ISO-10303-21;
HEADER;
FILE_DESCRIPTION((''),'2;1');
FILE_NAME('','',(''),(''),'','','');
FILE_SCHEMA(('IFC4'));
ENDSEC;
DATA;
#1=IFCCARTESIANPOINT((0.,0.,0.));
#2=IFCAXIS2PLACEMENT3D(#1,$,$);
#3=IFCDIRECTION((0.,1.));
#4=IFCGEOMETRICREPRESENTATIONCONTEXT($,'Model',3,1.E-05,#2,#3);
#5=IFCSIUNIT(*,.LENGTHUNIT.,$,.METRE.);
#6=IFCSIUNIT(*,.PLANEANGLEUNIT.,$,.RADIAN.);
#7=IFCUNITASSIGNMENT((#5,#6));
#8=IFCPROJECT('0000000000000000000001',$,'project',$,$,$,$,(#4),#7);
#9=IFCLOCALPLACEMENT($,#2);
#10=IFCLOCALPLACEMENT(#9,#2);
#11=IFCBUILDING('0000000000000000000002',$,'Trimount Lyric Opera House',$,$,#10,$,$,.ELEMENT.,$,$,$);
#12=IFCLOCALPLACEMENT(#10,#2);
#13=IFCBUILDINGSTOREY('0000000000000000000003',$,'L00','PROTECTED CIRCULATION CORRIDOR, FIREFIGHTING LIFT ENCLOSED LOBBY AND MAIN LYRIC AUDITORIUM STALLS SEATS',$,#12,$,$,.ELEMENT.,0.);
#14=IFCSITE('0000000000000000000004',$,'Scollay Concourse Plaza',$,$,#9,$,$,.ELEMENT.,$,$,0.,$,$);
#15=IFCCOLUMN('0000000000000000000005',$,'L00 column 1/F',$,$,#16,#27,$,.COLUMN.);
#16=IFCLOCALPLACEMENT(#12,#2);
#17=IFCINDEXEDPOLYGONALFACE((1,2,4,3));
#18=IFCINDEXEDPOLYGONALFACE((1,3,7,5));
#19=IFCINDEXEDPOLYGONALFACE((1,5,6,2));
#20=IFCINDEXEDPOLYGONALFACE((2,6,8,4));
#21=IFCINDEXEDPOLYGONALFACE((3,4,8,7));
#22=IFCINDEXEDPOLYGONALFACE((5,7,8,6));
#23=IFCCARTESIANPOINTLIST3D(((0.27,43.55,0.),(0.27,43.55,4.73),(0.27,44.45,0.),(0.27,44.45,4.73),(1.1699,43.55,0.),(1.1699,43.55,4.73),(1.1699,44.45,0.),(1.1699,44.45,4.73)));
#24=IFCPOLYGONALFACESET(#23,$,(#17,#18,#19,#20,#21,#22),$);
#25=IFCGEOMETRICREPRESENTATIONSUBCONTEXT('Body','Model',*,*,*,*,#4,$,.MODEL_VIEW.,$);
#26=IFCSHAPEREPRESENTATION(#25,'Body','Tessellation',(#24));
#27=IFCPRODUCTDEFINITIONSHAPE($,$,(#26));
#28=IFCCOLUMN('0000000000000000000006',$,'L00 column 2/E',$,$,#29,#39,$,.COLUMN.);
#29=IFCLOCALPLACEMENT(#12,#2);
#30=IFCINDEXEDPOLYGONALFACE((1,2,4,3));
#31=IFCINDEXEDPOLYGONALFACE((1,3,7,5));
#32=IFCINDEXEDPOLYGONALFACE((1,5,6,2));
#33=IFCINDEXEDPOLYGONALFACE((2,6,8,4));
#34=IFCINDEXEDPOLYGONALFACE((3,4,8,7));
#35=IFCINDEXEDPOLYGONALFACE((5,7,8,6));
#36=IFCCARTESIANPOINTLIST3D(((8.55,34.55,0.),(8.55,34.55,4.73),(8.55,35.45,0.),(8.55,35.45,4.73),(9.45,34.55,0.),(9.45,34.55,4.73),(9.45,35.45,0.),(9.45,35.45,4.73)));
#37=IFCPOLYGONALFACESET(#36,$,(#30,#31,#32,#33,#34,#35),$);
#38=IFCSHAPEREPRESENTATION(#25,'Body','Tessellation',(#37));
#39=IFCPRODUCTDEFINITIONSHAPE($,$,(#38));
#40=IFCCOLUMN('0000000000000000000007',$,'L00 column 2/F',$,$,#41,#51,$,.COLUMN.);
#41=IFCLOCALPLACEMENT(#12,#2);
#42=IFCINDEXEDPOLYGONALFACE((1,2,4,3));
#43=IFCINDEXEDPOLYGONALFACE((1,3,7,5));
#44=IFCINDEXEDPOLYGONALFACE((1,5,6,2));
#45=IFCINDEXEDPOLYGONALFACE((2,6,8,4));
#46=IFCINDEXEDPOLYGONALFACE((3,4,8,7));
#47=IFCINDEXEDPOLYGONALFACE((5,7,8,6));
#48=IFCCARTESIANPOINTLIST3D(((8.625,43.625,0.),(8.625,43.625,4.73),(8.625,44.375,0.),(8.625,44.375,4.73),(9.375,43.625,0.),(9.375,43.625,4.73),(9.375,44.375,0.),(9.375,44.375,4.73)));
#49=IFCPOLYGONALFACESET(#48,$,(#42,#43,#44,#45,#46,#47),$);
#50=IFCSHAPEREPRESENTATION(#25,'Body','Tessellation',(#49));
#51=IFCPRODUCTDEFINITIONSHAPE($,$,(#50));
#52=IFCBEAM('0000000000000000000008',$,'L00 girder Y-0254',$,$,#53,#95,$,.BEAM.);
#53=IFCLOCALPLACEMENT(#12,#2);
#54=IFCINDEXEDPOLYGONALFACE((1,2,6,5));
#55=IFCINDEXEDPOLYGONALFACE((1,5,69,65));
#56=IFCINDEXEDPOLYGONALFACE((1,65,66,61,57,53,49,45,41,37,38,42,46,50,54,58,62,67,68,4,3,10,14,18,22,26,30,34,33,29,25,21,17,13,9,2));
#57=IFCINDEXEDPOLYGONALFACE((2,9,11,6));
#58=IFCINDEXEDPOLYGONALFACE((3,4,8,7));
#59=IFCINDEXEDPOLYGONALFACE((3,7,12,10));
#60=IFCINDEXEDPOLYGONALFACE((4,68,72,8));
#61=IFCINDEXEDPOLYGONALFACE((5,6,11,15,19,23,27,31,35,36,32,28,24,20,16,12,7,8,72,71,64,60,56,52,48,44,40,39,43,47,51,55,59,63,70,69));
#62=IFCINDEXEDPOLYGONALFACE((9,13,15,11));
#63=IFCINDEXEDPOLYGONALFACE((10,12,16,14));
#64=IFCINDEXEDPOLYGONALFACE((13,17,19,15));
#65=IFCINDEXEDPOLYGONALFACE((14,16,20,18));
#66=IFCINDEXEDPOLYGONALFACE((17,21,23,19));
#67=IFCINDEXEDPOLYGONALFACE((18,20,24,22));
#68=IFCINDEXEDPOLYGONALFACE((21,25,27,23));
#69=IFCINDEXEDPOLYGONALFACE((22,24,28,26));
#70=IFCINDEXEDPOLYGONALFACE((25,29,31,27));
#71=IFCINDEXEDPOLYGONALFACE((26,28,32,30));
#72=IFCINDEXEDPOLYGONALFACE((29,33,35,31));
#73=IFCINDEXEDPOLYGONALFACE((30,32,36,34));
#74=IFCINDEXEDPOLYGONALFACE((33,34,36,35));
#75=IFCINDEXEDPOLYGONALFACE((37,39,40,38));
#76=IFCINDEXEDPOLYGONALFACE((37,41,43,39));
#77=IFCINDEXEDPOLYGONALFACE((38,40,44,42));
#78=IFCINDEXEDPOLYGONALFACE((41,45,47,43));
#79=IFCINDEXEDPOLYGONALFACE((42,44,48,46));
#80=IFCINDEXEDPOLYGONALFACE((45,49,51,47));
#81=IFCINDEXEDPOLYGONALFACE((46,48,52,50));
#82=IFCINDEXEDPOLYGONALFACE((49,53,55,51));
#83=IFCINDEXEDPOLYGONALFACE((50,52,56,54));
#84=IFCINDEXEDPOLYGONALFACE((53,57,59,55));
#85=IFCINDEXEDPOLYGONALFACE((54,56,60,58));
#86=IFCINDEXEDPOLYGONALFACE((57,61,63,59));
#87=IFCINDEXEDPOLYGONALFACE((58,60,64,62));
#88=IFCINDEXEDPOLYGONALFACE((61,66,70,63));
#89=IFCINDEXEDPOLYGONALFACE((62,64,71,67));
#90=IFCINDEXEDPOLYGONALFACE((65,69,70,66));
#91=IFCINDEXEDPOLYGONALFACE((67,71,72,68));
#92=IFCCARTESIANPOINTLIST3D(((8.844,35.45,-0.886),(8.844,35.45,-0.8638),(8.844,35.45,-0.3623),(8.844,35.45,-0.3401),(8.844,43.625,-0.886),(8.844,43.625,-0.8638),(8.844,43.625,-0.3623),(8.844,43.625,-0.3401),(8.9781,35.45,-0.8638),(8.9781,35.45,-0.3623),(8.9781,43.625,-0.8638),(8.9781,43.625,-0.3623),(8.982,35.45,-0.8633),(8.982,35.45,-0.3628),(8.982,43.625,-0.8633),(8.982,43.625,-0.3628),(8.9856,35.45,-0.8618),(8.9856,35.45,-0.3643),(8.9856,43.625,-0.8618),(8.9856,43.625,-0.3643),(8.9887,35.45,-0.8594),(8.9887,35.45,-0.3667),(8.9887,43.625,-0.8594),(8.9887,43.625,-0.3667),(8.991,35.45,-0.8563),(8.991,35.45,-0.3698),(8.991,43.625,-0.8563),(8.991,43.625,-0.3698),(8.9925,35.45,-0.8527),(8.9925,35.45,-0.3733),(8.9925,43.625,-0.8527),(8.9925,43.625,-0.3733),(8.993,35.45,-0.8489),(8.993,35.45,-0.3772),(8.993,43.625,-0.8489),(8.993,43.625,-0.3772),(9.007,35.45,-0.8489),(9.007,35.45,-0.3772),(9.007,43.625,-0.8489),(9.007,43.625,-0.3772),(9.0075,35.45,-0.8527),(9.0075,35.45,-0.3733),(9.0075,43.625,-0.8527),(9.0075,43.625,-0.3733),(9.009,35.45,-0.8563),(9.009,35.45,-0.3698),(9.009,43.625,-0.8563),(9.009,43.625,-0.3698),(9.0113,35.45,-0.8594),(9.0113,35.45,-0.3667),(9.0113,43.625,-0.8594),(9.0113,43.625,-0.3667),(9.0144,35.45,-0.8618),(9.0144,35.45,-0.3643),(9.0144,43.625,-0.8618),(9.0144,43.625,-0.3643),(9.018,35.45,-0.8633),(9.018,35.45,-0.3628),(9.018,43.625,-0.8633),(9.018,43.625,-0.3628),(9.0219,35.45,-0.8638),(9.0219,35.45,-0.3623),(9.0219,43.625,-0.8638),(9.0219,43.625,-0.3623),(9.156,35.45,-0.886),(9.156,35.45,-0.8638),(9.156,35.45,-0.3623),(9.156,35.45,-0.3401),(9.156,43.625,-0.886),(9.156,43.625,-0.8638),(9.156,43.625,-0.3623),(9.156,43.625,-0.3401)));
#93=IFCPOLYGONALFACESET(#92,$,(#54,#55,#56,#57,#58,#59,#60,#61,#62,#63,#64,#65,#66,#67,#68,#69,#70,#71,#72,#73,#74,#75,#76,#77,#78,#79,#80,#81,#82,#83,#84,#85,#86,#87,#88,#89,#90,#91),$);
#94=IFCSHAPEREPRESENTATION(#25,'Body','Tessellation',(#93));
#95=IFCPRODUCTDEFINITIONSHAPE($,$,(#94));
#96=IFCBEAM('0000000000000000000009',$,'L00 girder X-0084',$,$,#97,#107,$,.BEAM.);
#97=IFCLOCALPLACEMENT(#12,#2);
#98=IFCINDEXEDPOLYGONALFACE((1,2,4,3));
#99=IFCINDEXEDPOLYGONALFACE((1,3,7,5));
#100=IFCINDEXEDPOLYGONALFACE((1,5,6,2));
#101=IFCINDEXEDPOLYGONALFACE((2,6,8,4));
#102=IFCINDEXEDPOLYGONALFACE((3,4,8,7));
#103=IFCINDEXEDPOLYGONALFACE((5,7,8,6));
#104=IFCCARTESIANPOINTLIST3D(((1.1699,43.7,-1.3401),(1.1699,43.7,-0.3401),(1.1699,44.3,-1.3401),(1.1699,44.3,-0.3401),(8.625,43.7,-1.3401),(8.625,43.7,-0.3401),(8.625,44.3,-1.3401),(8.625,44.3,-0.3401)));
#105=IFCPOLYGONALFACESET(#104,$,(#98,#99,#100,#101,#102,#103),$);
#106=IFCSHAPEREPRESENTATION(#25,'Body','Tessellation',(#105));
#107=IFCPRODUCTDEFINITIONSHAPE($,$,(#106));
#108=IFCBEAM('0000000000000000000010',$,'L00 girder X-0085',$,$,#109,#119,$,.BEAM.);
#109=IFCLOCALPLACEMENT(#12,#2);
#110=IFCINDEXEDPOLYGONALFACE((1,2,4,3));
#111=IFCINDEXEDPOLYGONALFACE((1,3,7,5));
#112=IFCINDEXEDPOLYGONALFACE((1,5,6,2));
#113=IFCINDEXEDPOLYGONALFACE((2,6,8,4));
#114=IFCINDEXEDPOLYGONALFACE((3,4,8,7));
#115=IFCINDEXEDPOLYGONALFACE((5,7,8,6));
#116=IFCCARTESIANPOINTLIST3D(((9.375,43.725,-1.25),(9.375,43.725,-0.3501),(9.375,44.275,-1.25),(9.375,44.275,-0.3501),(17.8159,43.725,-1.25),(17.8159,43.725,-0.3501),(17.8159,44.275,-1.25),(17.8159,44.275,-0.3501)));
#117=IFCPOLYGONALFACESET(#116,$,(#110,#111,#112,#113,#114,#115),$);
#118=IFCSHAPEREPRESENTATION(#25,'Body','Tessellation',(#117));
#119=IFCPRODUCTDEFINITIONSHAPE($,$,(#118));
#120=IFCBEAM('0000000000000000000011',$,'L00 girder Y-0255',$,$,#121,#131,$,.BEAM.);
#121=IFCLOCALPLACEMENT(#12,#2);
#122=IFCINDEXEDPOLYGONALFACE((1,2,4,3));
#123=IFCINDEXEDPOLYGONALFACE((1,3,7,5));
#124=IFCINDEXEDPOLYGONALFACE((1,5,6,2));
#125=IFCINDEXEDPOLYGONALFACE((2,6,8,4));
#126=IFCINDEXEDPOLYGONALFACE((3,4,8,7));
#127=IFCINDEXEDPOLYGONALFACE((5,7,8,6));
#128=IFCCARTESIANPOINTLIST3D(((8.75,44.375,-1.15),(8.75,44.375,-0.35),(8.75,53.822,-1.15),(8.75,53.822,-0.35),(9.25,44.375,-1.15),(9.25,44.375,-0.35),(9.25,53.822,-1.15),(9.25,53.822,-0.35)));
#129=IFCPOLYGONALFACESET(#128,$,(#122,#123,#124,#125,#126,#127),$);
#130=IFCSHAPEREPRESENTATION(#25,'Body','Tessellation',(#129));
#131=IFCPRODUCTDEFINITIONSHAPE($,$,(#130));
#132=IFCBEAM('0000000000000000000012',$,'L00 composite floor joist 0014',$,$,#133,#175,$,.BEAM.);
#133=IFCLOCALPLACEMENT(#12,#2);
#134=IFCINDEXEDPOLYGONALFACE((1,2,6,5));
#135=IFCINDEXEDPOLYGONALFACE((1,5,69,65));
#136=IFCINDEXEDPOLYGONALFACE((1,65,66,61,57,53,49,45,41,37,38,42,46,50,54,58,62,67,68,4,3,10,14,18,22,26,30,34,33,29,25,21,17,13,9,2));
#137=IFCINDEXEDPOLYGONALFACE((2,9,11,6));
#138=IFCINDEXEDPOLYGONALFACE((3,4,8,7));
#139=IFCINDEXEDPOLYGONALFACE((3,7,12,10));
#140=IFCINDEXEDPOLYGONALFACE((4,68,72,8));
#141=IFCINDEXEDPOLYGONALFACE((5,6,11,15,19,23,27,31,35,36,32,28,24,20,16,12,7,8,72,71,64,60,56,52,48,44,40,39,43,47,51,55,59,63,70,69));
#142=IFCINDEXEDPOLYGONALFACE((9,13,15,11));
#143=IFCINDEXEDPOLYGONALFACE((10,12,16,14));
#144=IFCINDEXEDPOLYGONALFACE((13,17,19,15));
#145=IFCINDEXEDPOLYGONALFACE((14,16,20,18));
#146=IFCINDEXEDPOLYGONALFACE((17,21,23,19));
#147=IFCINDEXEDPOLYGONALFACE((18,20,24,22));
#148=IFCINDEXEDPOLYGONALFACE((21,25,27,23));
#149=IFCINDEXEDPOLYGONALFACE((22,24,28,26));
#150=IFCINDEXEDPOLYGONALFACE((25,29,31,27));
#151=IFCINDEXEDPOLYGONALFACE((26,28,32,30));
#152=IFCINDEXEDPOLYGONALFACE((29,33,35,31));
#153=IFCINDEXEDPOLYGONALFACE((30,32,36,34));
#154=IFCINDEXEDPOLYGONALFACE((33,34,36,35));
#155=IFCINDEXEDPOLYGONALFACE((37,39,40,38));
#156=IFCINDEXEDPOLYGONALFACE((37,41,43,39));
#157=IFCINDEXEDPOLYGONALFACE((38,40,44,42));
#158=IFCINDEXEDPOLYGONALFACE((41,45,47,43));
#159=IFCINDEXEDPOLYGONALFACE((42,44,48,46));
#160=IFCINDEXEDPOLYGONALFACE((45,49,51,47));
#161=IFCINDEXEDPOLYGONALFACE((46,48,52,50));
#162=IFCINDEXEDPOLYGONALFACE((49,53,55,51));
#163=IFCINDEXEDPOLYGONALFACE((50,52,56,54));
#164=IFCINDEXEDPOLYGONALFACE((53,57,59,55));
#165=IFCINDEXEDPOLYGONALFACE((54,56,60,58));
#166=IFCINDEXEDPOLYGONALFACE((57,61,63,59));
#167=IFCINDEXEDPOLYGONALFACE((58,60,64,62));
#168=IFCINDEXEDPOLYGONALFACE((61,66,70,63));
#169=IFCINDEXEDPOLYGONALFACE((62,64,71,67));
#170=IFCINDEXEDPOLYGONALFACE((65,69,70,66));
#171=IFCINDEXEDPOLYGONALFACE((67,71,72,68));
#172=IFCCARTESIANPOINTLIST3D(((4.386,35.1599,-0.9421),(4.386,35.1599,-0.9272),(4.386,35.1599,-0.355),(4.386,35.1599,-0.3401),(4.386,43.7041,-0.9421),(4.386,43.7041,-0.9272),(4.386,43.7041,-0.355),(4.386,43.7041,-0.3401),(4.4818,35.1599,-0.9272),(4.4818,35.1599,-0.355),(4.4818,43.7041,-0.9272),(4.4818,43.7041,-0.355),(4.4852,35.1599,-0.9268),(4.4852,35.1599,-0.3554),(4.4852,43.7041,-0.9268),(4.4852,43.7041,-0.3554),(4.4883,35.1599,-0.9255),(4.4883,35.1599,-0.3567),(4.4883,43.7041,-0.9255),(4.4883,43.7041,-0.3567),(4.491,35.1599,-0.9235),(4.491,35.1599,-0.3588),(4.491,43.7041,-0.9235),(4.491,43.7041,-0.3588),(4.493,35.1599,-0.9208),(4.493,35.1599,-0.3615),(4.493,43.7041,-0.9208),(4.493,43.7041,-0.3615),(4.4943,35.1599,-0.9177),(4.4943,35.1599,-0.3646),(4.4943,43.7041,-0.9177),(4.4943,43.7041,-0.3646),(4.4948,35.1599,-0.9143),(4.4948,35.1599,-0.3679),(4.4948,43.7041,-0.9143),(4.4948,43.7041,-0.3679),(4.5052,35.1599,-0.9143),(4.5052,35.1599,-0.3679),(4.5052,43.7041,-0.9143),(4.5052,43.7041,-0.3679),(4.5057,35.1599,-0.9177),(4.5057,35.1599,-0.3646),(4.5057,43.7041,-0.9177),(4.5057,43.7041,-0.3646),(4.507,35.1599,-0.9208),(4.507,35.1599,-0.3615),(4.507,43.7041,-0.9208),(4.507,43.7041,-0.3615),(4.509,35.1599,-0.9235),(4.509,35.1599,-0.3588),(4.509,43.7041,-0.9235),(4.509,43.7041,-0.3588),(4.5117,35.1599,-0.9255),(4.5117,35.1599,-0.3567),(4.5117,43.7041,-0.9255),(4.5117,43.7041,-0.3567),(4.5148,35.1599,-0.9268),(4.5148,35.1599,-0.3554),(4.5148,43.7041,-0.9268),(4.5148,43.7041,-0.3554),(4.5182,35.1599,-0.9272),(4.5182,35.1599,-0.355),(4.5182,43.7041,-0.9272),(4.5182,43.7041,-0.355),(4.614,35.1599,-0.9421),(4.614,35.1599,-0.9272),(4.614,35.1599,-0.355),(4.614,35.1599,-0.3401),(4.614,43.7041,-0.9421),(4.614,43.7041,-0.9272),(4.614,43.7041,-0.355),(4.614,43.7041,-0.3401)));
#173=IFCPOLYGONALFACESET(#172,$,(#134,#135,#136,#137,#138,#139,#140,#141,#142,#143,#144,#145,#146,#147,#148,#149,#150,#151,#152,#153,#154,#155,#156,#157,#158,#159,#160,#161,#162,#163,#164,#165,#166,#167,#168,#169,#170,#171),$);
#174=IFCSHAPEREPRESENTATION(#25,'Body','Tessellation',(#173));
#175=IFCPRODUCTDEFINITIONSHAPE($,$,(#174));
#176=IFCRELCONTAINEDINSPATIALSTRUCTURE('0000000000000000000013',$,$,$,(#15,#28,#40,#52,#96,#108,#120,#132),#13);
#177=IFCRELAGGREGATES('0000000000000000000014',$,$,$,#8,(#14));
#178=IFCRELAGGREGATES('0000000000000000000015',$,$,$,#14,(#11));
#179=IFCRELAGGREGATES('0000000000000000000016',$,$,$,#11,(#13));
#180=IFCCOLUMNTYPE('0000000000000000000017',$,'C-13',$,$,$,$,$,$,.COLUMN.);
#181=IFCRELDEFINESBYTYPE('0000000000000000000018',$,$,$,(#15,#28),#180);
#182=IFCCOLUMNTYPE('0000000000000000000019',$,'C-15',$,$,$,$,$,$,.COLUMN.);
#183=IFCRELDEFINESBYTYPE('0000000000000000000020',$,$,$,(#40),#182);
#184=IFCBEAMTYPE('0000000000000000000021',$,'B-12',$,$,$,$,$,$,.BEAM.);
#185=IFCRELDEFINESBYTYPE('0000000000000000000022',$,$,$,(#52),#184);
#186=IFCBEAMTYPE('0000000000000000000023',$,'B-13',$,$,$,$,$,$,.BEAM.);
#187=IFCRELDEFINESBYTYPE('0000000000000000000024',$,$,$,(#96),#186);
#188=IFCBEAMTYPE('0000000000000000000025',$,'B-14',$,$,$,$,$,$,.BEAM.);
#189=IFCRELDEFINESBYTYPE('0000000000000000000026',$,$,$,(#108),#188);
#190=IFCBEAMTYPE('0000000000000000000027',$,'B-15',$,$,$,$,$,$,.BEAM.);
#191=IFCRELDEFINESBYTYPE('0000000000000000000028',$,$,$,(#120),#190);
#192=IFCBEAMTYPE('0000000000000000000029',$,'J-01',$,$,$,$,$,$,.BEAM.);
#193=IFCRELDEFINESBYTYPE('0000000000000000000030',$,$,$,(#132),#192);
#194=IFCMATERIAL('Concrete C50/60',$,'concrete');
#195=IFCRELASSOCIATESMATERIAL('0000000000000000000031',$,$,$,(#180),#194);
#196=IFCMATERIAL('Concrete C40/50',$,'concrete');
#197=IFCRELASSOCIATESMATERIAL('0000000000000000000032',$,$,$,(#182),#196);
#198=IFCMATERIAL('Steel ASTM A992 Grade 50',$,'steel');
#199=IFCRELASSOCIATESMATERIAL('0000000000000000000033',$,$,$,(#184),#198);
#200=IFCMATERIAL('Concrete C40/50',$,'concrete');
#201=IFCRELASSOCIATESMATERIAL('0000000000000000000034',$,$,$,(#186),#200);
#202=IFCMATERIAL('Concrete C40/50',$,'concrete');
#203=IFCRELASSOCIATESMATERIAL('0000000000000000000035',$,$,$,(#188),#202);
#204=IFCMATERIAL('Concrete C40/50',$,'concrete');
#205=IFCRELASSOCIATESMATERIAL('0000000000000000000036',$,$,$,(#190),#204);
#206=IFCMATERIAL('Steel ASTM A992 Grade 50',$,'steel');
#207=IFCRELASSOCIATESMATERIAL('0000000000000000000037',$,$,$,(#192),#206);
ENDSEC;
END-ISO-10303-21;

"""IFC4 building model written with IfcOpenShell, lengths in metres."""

from ifc_helpers import new_model, si_unit, direction, frame, origin, origin_2d, place, context, subcontext, project, spatial, rectangle, i_section, extrude, material, material_profile, profile_set, type_object, element, save


model = new_model("IFC4")

# Units and contexts
model_context = context("Model", 3, precision=1e-05, world=origin(), true_north=direction((0.0, 1.0)))
body_context = subcontext(model_context, "Body", "Model", "MODEL_VIEW")
ifc_project = project(units=[si_unit("LENGTHUNIT", "METRE"), si_unit("PLANEANGLEUNIT", "RADIAN")], contexts=[model_context])

# Site, building, storey
site_placement = place(None, origin())
site = spatial("IfcSite", under=ifc_project, at=site_placement, Name="Scollay Concourse Plaza", CompositionType="ELEMENT", RefElevation=0.0)
building_placement = place(site_placement, origin())
building = spatial("IfcBuilding", under=site, at=building_placement, Name="Trimount Lyric Opera House", CompositionType="ELEMENT")
storey_placement = place(building_placement, origin())
storey = spatial("IfcBuildingStorey", under=building, at=storey_placement, Name="L00", Description="PROTECTED CIRCULATION CORRIDOR, FIREFIGHTING LIFT ENCLOSED LOBBY AND MAIN LYRIC AUDITORIUM STALLS SEATS", CompositionType="ELEMENT", Elevation=0.0)

# Columns
ifc_material_1 = material(Name="Concrete C50/60", Category="concrete")
ifc_material_profile_1 = material_profile(ifc_material_1, rectangle(XDim=0.8999, YDim=0.8999, at=origin_2d()), Name="RC900X900")
ifc_profile_set_1 = profile_set([ifc_material_profile_1], Name="Concrete C50/60")
column_type_1 = type_object("IfcColumnType", Name="C-13", PredefinedType="COLUMN", material=ifc_profile_set_1)
for number, where, z_axis, x_axis, name in (
    (1, (0.72, 44.0, 0.0), (0.0, 0.0, 1.0), (1.0, 0.0, 0.0), "L00 column 1/F"),
    (2, (9.0, 35.0, 0.0), (0.0, 0.0, 1.0), (1.0, 0.0, 0.0), "L00 column 2/E"),
):
    element("IfcColumn", number, at=place(storey_placement, frame(where, z_axis=z_axis, x_axis=x_axis)), inside=storey, type_object=column_type_1, Name=name, PredefinedType="COLUMN", context=body_context, shape_type="SweptSolid", body=[
        extrude(rectangle(XDim=0.8999, YDim=0.8999, at=origin_2d()), origin(), (0.0, 0.0, 1.0), 4.73),
    ])
ifc_material_2 = material(Name="Concrete C40/50", Category="concrete")
ifc_material_profile_2 = material_profile(ifc_material_2, rectangle(XDim=0.75, YDim=0.75, at=origin_2d()), Name="RC750X750")
ifc_profile_set_2 = profile_set([ifc_material_profile_2], Name="Concrete C40/50")
column_type_2 = type_object("IfcColumnType", Name="C-15", PredefinedType="COLUMN", material=ifc_profile_set_2)
column_placement = place(storey_placement, frame((9.0, 44.0, 0.0), z_axis=(0.0, 0.0, 1.0), x_axis=(1.0, 0.0, 0.0)))
element("IfcColumn", 3, at=column_placement, inside=storey, type_object=column_type_2, Name="L00 column 2/F", PredefinedType="COLUMN", context=body_context, shape_type="SweptSolid", body=[
    extrude(rectangle(XDim=0.75, YDim=0.75, at=origin_2d()), origin(), (0.0, 0.0, 1.0), 4.73),
])

# Beams
ifc_material_3 = material(Name="Steel ASTM A992 Grade 50", Category="steel")
ifc_material_profile_3 = material_profile(ifc_material_3, i_section(OverallWidth=0.312, OverallDepth=0.5459, WebThickness=0.0139, FlangeThickness=0.0222, FilletRadius=0.0149, at=origin_2d()), Name="W21X111")
ifc_profile_set_3 = profile_set([ifc_material_profile_3], Name="Steel ASTM A992 Grade 50")
beam_type_1 = type_object("IfcBeamType", Name="B-12", PredefinedType="BEAM", material=ifc_profile_set_3)
beam_1_placement = place(storey_placement, frame((9.0, 35.45, -0.613), z_axis=(0.0, 1.0, 0.0), x_axis=(-1.0, 0.0, 0.0)))
element("IfcBeam", 4, at=beam_1_placement, inside=storey, type_object=beam_type_1, Name="L00 girder Y-0254", PredefinedType="BEAM", context=body_context, shape_type="SweptSolid", body=[
    extrude(i_section(OverallWidth=0.312, OverallDepth=0.5459, WebThickness=0.0139, FlangeThickness=0.0222, FilletRadius=0.0149, at=origin_2d()), origin(), (0.0, 0.0, 1.0), 8.175),
])
ifc_material_4 = material(Name="Concrete C40/50", Category="concrete")
ifc_material_profile_4 = material_profile(ifc_material_4, rectangle(XDim=0.6001, YDim=1.0, at=origin_2d()), Name="RC600X1000")
ifc_profile_set_4 = profile_set([ifc_material_profile_4], Name="Concrete C40/50")
beam_type_2 = type_object("IfcBeamType", Name="B-13", PredefinedType="BEAM", material=ifc_profile_set_4)
beam_2_placement = place(storey_placement, frame((1.1699, 44.0, -0.8401), z_axis=(1.0, 0.0, 0.0), x_axis=(0.0, 1.0, 0.0)))
element("IfcBeam", 5, at=beam_2_placement, inside=storey, type_object=beam_type_2, Name="L00 girder X-0084", PredefinedType="BEAM", context=body_context, shape_type="SweptSolid", body=[
    extrude(rectangle(XDim=0.6001, YDim=1.0, at=origin_2d()), origin(), (0.0, 0.0, 1.0), 7.4551),
])
ifc_material_5 = material(Name="Concrete C40/50", Category="concrete")
ifc_material_profile_5 = material_profile(ifc_material_5, rectangle(XDim=0.55, YDim=0.8999, at=origin_2d()), Name="RC550X900")
ifc_profile_set_5 = profile_set([ifc_material_profile_5], Name="Concrete C40/50")
beam_type_3 = type_object("IfcBeamType", Name="B-14", PredefinedType="BEAM", material=ifc_profile_set_5)
beam_3_placement = place(storey_placement, frame((9.375, 44.0, -0.8), z_axis=(1.0, 0.0, 0.0), x_axis=(0.0, 1.0, 0.0)))
element("IfcBeam", 6, at=beam_3_placement, inside=storey, type_object=beam_type_3, Name="L00 girder X-0085", PredefinedType="BEAM", context=body_context, shape_type="SweptSolid", body=[
    extrude(rectangle(XDim=0.55, YDim=0.8999, at=origin_2d()), origin(), (0.0, 0.0, 1.0), 8.4409),
])
ifc_material_6 = material(Name="Concrete C40/50", Category="concrete")
ifc_material_profile_6 = material_profile(ifc_material_6, rectangle(XDim=0.5, YDim=0.8, at=origin_2d()), Name="RC500X800")
ifc_profile_set_6 = profile_set([ifc_material_profile_6], Name="Concrete C40/50")
beam_type_4 = type_object("IfcBeamType", Name="B-15", PredefinedType="BEAM", material=ifc_profile_set_6)
beam_4_placement = place(storey_placement, frame((9.0, 44.375, -0.75), z_axis=(0.0, 1.0, 0.0), x_axis=(-1.0, 0.0, 0.0)))
element("IfcBeam", 7, at=beam_4_placement, inside=storey, type_object=beam_type_4, Name="L00 girder Y-0255", PredefinedType="BEAM", context=body_context, shape_type="SweptSolid", body=[
    extrude(rectangle(XDim=0.5, YDim=0.8, at=origin_2d()), origin(), (0.0, 0.0, 1.0), 9.447),
])
ifc_material_7 = material(Name="Steel ASTM A992 Grade 50", Category="steel")
ifc_material_profile_7 = material_profile(ifc_material_7, i_section(OverallWidth=0.228, OverallDepth=0.6021, WebThickness=0.0105, FlangeThickness=0.0149, FilletRadius=0.0129, at=origin_2d()), Name="W24X68")
ifc_profile_set_7 = profile_set([ifc_material_profile_7], Name="Steel ASTM A992 Grade 50")
beam_type_5 = type_object("IfcBeamType", Name="J-01", PredefinedType="BEAM", material=ifc_profile_set_7)
beam_5_placement = place(storey_placement, frame((4.5, 35.1599, -0.6411), z_axis=(0.0, 1.0, 0.0), x_axis=(-1.0, 0.0, 0.0)))
element("IfcBeam", 8, at=beam_5_placement, inside=storey, type_object=beam_type_5, Name="L00 composite floor joist 0014", PredefinedType="BEAM", context=body_context, shape_type="SweptSolid", body=[
    extrude(i_section(OverallWidth=0.228, OverallDepth=0.6021, WebThickness=0.0105, FlangeThickness=0.0149, FilletRadius=0.0129, at=origin_2d()), origin(), (0.0, 0.0, 1.0), 8.5442),
])

save(model, "model.ifc")
